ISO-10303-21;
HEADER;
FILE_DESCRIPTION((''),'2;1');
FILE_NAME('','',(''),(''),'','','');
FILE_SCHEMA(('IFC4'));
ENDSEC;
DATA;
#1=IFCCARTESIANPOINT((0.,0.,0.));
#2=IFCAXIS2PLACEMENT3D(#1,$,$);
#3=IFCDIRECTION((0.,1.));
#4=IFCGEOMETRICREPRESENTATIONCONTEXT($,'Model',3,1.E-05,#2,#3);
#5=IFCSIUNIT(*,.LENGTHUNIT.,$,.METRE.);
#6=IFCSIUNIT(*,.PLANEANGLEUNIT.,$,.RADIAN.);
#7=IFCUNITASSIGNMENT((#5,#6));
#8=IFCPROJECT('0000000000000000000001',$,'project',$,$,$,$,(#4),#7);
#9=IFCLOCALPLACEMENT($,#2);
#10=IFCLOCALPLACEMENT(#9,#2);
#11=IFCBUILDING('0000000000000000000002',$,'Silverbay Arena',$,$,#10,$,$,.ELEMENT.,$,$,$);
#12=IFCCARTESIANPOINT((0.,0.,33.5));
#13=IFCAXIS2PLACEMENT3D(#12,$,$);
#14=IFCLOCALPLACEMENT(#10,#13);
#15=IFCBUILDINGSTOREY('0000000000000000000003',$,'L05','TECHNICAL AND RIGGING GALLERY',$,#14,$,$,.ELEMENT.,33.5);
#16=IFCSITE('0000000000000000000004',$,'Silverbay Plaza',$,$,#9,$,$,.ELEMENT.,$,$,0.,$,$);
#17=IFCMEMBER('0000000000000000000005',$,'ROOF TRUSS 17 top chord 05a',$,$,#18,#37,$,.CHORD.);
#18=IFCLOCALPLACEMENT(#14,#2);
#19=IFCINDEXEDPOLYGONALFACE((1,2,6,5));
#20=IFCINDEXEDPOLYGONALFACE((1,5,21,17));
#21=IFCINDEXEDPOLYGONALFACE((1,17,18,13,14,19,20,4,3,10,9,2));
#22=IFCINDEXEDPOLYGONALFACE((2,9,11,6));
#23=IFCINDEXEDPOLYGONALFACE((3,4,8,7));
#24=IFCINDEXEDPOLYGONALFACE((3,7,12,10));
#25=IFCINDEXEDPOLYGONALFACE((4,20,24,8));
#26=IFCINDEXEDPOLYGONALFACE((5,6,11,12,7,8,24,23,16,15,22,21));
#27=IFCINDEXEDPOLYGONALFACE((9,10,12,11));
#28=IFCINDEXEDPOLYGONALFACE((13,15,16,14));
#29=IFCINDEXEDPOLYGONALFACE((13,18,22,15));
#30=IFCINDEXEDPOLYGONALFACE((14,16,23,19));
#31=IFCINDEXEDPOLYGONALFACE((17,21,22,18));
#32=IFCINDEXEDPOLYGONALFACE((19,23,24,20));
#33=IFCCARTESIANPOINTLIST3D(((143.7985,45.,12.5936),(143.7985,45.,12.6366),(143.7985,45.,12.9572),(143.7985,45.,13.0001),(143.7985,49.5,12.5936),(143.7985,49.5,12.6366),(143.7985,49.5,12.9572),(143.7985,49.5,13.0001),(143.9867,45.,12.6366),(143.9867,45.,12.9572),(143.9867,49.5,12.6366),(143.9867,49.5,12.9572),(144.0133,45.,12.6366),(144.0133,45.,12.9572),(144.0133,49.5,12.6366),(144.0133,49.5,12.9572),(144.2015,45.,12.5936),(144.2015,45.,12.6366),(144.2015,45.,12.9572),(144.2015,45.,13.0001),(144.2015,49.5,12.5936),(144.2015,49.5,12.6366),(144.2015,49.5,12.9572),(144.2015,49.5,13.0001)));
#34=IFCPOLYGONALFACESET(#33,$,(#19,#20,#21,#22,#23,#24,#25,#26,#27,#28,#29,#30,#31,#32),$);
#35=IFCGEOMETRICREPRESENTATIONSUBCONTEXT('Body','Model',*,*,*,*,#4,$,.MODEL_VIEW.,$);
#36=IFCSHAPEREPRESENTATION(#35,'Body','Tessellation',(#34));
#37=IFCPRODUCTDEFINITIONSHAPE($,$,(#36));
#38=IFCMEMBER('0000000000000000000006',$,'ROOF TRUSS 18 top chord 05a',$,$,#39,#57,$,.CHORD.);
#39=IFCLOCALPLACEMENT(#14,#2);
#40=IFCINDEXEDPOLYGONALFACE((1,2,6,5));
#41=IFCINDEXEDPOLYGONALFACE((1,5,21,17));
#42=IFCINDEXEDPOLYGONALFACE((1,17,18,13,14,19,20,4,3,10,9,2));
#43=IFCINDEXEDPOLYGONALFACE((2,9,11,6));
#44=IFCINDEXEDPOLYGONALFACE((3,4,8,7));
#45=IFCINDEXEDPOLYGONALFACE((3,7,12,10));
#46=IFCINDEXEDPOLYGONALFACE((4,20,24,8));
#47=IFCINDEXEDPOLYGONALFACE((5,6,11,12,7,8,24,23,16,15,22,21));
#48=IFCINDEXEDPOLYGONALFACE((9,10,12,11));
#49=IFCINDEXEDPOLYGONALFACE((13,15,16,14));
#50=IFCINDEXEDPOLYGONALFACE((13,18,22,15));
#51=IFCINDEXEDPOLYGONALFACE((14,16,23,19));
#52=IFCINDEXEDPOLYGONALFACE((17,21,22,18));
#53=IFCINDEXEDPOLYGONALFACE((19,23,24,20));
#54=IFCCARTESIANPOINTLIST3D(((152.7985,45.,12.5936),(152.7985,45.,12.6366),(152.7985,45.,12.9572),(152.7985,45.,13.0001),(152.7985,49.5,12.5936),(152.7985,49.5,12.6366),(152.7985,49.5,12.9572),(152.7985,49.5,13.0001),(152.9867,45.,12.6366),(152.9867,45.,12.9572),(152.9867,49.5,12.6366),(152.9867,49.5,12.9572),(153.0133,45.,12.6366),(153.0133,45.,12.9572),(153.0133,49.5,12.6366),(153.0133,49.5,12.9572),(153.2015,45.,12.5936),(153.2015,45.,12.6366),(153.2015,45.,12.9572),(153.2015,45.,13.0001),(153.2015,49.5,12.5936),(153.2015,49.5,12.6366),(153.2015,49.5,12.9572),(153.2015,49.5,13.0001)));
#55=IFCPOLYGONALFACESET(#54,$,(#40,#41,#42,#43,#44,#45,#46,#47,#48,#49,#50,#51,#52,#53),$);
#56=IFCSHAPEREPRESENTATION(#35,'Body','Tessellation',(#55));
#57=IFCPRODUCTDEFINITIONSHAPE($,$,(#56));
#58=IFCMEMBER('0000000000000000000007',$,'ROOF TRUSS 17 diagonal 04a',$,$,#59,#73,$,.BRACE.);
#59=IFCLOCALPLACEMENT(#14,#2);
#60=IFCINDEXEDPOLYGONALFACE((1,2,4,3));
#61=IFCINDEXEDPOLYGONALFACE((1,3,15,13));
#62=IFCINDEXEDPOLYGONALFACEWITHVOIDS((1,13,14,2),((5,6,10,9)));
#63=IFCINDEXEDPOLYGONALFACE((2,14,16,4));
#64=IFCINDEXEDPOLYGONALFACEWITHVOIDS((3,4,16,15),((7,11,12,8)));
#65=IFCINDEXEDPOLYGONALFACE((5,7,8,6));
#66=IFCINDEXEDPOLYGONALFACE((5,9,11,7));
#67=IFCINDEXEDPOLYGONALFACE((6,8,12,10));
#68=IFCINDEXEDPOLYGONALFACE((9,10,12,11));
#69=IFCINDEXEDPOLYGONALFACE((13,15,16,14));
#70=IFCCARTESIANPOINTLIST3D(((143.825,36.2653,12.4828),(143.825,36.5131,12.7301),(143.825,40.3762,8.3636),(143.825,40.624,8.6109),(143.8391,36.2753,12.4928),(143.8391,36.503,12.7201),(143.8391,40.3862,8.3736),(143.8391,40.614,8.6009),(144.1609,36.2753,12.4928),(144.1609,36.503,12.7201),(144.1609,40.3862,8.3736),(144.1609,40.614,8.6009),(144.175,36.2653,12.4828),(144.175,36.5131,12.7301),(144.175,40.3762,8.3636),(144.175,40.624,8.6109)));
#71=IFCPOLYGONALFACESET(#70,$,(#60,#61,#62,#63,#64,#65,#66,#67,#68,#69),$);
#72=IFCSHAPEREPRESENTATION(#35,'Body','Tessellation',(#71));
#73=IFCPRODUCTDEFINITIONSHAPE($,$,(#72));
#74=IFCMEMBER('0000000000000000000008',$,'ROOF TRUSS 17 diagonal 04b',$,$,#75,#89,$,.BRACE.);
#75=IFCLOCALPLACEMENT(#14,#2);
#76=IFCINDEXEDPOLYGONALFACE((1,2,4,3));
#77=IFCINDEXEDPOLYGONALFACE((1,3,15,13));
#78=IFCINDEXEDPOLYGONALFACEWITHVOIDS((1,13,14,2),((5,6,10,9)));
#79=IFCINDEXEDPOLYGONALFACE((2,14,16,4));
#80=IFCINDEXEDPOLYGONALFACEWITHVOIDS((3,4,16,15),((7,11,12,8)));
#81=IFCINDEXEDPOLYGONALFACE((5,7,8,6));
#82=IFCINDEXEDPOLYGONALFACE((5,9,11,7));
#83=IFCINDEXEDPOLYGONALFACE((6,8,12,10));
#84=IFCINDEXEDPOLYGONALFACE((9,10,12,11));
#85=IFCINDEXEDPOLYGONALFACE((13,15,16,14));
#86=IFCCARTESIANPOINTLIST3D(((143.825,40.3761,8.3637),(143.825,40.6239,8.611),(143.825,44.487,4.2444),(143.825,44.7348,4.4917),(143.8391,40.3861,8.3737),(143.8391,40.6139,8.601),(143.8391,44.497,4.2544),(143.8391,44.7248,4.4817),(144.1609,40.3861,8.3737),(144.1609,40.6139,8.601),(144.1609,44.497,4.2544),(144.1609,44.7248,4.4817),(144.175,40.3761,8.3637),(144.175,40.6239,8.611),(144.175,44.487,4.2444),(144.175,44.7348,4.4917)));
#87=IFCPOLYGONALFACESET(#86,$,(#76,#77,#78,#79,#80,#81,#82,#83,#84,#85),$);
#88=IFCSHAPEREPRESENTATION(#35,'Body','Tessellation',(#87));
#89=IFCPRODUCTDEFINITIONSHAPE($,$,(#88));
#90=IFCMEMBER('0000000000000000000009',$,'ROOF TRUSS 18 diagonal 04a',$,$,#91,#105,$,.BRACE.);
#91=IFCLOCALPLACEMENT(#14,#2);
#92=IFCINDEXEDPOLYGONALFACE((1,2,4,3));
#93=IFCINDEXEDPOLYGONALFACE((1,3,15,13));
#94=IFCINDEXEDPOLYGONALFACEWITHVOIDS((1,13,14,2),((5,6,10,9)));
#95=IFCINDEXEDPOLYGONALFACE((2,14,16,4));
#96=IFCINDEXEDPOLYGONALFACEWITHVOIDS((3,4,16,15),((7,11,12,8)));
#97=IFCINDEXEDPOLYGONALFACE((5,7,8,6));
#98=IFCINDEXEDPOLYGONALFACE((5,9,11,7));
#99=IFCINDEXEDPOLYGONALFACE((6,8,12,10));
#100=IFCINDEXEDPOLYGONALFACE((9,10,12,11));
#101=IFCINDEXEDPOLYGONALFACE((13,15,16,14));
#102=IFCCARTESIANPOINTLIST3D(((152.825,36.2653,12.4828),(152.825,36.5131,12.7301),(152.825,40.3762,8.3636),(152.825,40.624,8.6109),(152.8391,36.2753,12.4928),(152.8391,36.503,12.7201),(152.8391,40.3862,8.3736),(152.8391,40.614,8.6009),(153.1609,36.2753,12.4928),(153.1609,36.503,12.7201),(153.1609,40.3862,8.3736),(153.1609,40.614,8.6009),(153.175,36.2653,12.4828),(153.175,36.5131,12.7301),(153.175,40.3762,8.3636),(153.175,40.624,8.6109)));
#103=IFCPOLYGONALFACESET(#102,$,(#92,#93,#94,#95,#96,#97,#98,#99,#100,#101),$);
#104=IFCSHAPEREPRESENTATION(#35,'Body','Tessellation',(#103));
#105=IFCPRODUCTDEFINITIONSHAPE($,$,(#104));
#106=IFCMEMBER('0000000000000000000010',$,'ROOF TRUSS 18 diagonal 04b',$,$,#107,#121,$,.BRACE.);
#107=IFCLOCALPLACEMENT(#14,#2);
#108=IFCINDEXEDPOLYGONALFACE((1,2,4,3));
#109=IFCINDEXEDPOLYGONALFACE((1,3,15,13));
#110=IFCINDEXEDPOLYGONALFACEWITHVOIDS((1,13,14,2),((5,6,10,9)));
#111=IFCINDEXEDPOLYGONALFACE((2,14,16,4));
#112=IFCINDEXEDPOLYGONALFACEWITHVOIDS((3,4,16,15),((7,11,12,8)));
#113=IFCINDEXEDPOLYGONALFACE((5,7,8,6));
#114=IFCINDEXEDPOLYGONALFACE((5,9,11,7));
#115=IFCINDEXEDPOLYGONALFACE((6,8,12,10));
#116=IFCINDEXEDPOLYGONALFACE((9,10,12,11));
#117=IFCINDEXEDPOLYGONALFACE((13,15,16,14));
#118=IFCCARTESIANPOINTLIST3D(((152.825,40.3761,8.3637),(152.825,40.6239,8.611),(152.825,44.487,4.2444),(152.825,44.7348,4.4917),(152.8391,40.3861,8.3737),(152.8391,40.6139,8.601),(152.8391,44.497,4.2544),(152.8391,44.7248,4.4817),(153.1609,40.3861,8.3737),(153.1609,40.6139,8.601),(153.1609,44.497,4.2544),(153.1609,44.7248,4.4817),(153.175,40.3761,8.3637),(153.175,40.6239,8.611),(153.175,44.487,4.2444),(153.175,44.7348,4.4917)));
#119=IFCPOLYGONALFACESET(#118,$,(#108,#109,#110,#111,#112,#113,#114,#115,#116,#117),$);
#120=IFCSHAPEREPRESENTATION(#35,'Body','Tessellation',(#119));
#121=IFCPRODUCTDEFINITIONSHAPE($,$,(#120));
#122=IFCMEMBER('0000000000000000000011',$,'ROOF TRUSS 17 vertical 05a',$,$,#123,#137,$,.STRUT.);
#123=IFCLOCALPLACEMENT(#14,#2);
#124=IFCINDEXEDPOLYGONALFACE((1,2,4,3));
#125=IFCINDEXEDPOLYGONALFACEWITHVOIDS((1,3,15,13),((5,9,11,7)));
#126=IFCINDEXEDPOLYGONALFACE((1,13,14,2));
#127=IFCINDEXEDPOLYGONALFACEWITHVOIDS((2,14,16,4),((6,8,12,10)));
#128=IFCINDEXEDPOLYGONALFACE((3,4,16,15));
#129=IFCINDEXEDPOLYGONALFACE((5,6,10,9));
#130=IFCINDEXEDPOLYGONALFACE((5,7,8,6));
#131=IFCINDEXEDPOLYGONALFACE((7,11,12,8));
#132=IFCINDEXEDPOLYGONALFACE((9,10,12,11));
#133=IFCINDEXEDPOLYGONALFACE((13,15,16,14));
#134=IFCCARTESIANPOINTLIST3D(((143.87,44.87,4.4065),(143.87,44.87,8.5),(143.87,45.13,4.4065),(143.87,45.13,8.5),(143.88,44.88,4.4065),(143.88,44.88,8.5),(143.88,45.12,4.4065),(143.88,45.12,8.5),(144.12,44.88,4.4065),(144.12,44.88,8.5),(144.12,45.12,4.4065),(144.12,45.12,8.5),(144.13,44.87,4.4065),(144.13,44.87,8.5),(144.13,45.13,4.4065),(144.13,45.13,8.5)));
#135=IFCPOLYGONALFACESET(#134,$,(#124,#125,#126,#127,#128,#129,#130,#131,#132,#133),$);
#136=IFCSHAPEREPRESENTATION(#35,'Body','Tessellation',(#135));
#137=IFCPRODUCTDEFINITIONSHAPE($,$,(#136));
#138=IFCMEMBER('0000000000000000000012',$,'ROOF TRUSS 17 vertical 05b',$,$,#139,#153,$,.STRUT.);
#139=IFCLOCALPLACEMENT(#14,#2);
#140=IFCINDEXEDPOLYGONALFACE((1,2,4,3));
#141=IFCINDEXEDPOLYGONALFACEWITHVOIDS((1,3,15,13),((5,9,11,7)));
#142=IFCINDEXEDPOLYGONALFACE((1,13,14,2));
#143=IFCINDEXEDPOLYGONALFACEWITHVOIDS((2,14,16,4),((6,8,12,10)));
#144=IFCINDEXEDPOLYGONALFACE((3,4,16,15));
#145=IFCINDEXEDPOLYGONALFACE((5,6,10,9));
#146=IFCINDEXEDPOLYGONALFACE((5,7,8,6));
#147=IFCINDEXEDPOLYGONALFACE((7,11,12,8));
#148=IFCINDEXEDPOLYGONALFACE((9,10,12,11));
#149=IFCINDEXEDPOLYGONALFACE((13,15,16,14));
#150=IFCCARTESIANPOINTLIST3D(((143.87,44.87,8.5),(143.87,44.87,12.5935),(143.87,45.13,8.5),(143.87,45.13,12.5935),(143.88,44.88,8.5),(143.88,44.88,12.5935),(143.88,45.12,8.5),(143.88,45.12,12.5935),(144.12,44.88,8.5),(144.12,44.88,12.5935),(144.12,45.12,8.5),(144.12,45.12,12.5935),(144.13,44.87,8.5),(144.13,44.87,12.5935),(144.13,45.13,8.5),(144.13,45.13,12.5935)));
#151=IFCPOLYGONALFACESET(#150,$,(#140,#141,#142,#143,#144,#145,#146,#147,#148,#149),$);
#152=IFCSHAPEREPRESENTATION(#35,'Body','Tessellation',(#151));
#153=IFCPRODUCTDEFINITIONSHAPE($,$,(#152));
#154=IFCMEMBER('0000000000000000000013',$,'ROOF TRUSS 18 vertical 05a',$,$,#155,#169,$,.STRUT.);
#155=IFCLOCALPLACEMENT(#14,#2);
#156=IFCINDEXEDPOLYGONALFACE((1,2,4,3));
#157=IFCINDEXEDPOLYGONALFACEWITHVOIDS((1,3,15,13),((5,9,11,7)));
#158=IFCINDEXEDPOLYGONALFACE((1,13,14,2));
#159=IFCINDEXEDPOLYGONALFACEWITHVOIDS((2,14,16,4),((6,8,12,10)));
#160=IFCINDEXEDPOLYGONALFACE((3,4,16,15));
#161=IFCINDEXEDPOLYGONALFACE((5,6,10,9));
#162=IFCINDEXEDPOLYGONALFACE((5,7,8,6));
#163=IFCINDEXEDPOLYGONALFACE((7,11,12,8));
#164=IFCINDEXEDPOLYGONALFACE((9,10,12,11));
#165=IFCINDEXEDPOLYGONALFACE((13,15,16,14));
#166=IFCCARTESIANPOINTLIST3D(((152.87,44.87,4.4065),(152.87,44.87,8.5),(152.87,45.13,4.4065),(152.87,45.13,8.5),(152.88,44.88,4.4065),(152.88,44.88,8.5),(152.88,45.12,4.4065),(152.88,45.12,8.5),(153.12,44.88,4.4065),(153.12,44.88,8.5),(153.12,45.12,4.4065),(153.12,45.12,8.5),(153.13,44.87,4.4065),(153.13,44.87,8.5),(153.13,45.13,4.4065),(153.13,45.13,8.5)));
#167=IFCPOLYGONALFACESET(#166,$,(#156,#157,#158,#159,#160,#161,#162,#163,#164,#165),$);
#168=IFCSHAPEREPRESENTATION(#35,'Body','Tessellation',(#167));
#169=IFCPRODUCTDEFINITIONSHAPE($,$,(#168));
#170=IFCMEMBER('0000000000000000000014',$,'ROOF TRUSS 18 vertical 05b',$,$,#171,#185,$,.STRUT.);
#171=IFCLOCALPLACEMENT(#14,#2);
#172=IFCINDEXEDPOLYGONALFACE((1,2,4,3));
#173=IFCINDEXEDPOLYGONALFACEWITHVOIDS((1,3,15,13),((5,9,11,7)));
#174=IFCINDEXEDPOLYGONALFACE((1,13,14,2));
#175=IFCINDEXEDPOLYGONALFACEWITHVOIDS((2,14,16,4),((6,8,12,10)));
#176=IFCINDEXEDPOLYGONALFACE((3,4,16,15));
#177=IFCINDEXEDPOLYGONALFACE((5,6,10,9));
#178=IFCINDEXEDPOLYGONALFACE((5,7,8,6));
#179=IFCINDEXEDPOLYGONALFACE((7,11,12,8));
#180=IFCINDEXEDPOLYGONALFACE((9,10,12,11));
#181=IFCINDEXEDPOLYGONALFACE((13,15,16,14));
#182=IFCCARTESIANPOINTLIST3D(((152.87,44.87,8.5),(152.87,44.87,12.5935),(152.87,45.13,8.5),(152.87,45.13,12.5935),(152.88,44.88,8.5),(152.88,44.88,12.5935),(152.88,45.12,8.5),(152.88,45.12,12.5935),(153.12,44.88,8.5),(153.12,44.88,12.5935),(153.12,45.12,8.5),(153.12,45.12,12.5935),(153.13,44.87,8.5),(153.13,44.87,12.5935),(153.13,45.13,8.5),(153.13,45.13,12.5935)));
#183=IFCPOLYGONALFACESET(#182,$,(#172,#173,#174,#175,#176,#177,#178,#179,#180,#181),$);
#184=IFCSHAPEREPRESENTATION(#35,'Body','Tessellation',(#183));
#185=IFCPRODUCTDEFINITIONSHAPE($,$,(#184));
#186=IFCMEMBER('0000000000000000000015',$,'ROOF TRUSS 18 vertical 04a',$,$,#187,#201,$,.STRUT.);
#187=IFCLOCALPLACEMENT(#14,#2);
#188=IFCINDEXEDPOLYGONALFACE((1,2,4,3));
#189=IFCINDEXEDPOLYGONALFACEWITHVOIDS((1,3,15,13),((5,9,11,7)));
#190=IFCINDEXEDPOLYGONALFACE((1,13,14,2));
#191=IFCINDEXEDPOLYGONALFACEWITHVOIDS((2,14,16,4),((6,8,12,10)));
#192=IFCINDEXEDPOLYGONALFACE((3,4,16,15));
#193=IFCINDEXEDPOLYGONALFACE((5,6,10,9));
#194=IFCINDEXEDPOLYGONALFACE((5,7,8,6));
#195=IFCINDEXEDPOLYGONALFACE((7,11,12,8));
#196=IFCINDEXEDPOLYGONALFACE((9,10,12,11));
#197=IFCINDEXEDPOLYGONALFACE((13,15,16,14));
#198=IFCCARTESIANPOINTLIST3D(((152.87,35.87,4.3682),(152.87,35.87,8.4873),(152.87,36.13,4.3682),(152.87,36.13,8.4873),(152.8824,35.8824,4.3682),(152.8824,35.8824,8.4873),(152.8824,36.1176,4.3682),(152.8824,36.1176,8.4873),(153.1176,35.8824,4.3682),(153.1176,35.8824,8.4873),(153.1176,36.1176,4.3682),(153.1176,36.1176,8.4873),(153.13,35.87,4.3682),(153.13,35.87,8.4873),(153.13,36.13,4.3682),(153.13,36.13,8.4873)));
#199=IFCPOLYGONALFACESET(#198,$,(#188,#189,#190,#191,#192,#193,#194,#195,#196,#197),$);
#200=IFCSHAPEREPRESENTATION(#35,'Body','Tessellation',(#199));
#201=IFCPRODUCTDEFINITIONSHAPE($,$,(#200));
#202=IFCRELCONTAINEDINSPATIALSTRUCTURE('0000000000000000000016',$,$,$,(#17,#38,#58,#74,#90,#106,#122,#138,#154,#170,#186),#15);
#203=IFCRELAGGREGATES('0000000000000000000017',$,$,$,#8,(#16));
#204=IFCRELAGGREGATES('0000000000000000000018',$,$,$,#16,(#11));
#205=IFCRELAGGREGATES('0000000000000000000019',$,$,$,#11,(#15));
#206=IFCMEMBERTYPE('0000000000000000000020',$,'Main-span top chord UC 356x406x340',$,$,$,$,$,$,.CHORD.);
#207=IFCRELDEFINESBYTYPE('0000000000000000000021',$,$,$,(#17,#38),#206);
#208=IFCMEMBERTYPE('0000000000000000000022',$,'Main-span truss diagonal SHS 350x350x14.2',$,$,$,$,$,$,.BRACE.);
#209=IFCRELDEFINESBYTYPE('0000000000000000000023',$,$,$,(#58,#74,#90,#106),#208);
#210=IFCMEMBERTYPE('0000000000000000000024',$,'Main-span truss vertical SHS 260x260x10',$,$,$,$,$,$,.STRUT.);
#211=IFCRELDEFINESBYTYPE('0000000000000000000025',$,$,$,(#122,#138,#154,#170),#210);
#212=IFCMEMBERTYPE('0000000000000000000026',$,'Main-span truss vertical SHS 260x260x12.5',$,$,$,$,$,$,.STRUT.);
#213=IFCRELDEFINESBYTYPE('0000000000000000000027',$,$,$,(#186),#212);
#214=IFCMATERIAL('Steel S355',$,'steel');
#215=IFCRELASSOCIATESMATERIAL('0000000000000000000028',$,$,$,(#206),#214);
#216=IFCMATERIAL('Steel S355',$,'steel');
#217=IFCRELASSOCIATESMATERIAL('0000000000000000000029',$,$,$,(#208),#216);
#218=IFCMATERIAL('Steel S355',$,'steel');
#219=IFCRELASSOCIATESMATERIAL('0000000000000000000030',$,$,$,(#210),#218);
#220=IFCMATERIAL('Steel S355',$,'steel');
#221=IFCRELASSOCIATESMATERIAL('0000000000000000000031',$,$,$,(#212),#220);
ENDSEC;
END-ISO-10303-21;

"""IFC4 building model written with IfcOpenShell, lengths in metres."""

from ifc_helpers import new_model, si_unit, direction, frame, origin, origin_2d, place, context, subcontext, project, spatial, hollow_rectangle, i_section, extrude, material, material_profile, profile_set, type_object, element, save


model = new_model("IFC4")

# Units and contexts
model_context = context("Model", 3, precision=1e-05, world=origin(), true_north=direction((0.0, 1.0)))
body_context = subcontext(model_context, "Body", "Model", "MODEL_VIEW")
ifc_project = project(units=[si_unit("LENGTHUNIT", "METRE"), si_unit("PLANEANGLEUNIT", "RADIAN")], contexts=[model_context])

# Site, building, storey
site_placement = place(None, origin())
site = spatial("IfcSite", under=ifc_project, at=site_placement, Name="Silverbay Plaza", CompositionType="ELEMENT", RefElevation=0.0)
building_placement = place(site_placement, origin())
building = spatial("IfcBuilding", under=site, at=building_placement, Name="Silverbay Arena", CompositionType="ELEMENT")
storey_placement = place(building_placement, frame((0.0, 0.0, 33.5)))
storey = spatial("IfcBuildingStorey", under=building, at=storey_placement, Name="L05", Description="TECHNICAL AND RIGGING GALLERY", CompositionType="ELEMENT", Elevation=33.5)

# Members
ifc_material_1 = material(Name="Steel S355", Category="steel")
ifc_material_profile_1 = material_profile(ifc_material_1, i_section(OverallWidth=0.4031, OverallDepth=0.4065, WebThickness=0.0266, FlangeThickness=0.043, at=origin_2d()), Name="UC 356x406x340")
ifc_profile_set_1 = profile_set([ifc_material_profile_1], Name="Steel S355")
member_type_1 = type_object("IfcMemberType", Name="Main-span top chord UC 356x406x340", PredefinedType="CHORD", material=ifc_profile_set_1)
for number, where, z_axis, x_axis, name in (
    (1, (144.0, 45.0, 12.7969), (0.0, 1.0, 0.0), (-1.0, 0.0, 0.0), "ROOF TRUSS 17 top chord 05a"),
    (2, (153.0, 45.0, 12.7969), (0.0, 1.0, 0.0), (-1.0, 0.0, 0.0), "ROOF TRUSS 18 top chord 05a"),
):
    element("IfcMember", number, at=place(storey_placement, frame(where, z_axis=z_axis, x_axis=x_axis)), inside=storey, type_object=member_type_1, Name=name, PredefinedType="CHORD", context=body_context, shape_type="SweptSolid", body=[
        extrude(i_section(OverallWidth=0.4031, OverallDepth=0.4065, WebThickness=0.0266, FlangeThickness=0.043, at=origin_2d()), origin(), (0.0, 0.0, 1.0), 4.5),
    ])
ifc_material_2 = material(Name="Steel S355", Category="steel")
ifc_material_profile_2 = material_profile(ifc_material_2, hollow_rectangle(XDim=0.3501, YDim=0.3501, WallThickness=0.0142, at=origin_2d()), Name="SHS 350x350x14.2")
ifc_profile_set_2 = profile_set([ifc_material_profile_2], Name="Steel S355")
member_type_2 = type_object("IfcMemberType", Name="Main-span truss diagonal SHS 350x350x14.2", PredefinedType="BRACE", material=ifc_profile_set_2)
for number, where, z_axis, x_axis, name in (
    (3, (144.0, 36.3892, 12.6064), (0.0, 0.706393, -0.70782), (-1.0, 0.0, 0.0), "ROOF TRUSS 17 diagonal 04a"),
    (4, (144.0, 40.5, 8.4873), (0.0, 0.706393, -0.70782), (-1.0, 0.0, 0.0), "ROOF TRUSS 17 diagonal 04b"),
    (5, (153.0, 36.3892, 12.6064), (0.0, 0.706393, -0.70782), (-1.0, 0.0, 0.0), "ROOF TRUSS 18 diagonal 04a"),
    (6, (153.0, 40.5, 8.4873), (0.0, 0.706393, -0.70782), (-1.0, 0.0, 0.0), "ROOF TRUSS 18 diagonal 04b"),
):
    element("IfcMember", number, at=place(storey_placement, frame(where, z_axis=z_axis, x_axis=x_axis)), inside=storey, type_object=member_type_2, Name=name, PredefinedType="BRACE", context=body_context, shape_type="SweptSolid", body=[
        extrude(hollow_rectangle(XDim=0.3501, YDim=0.3501, WallThickness=0.0142, at=origin_2d()), origin(), (0.0, 0.0, 1.0), 5.8196),
    ])
ifc_material_3 = material(Name="Steel S355", Category="steel")
ifc_material_profile_3 = material_profile(ifc_material_3, hollow_rectangle(XDim=0.26, YDim=0.26, WallThickness=0.01, at=origin_2d()), Name="SHS 260x260x10")
ifc_profile_set_3 = profile_set([ifc_material_profile_3], Name="Steel S355")
member_type_3 = type_object("IfcMemberType", Name="Main-span truss vertical SHS 260x260x10", PredefinedType="STRUT", material=ifc_profile_set_3)
for number, where, z_axis, x_axis, name in (
    (7, (144.0, 45.0, 4.4065), (0.0, 0.0, 1.0), (1.0, 0.0, 0.0), "ROOF TRUSS 17 vertical 05a"),
    (8, (144.0, 45.0, 8.5), (0.0, 0.0, 1.0), (1.0, 0.0, 0.0), "ROOF TRUSS 17 vertical 05b"),
    (9, (153.0, 45.0, 4.4065), (0.0, 0.0, 1.0), (1.0, 0.0, 0.0), "ROOF TRUSS 18 vertical 05a"),
    (10, (153.0, 45.0, 8.5), (0.0, 0.0, 1.0), (1.0, 0.0, 0.0), "ROOF TRUSS 18 vertical 05b"),
):
    element("IfcMember", number, at=place(storey_placement, frame(where, z_axis=z_axis, x_axis=x_axis)), inside=storey, type_object=member_type_3, Name=name, PredefinedType="STRUT", context=body_context, shape_type="SweptSolid", body=[
        extrude(hollow_rectangle(XDim=0.26, YDim=0.26, WallThickness=0.01, at=origin_2d()), origin(), (0.0, 0.0, 1.0), 4.0935),
    ])
ifc_material_4 = material(Name="Steel S355", Category="steel")
ifc_material_profile_4 = material_profile(ifc_material_4, hollow_rectangle(XDim=0.26, YDim=0.26, WallThickness=0.0125, at=origin_2d()), Name="SHS 260x260x12.5")
ifc_profile_set_4 = profile_set([ifc_material_profile_4], Name="Steel S355")
member_type_4 = type_object("IfcMemberType", Name="Main-span truss vertical SHS 260x260x12.5", PredefinedType="STRUT", material=ifc_profile_set_4)
for number, where, z_axis, x_axis, name in (
    (11, (153.0, 36.0, 4.3682), (0.0, 0.0, 1.0), (1.0, 0.0, 0.0), "ROOF TRUSS 18 vertical 04a"),
):
    element("IfcMember", number, at=place(storey_placement, frame(where, z_axis=z_axis, x_axis=x_axis)), inside=storey, type_object=member_type_4, Name=name, PredefinedType="STRUT", context=body_context, shape_type="SweptSolid", body=[
        extrude(hollow_rectangle(XDim=0.26, YDim=0.26, WallThickness=0.0125, at=origin_2d()), origin(), (0.0, 0.0, 1.0), 4.1191),
    ])

save(model, "model.ifc")
